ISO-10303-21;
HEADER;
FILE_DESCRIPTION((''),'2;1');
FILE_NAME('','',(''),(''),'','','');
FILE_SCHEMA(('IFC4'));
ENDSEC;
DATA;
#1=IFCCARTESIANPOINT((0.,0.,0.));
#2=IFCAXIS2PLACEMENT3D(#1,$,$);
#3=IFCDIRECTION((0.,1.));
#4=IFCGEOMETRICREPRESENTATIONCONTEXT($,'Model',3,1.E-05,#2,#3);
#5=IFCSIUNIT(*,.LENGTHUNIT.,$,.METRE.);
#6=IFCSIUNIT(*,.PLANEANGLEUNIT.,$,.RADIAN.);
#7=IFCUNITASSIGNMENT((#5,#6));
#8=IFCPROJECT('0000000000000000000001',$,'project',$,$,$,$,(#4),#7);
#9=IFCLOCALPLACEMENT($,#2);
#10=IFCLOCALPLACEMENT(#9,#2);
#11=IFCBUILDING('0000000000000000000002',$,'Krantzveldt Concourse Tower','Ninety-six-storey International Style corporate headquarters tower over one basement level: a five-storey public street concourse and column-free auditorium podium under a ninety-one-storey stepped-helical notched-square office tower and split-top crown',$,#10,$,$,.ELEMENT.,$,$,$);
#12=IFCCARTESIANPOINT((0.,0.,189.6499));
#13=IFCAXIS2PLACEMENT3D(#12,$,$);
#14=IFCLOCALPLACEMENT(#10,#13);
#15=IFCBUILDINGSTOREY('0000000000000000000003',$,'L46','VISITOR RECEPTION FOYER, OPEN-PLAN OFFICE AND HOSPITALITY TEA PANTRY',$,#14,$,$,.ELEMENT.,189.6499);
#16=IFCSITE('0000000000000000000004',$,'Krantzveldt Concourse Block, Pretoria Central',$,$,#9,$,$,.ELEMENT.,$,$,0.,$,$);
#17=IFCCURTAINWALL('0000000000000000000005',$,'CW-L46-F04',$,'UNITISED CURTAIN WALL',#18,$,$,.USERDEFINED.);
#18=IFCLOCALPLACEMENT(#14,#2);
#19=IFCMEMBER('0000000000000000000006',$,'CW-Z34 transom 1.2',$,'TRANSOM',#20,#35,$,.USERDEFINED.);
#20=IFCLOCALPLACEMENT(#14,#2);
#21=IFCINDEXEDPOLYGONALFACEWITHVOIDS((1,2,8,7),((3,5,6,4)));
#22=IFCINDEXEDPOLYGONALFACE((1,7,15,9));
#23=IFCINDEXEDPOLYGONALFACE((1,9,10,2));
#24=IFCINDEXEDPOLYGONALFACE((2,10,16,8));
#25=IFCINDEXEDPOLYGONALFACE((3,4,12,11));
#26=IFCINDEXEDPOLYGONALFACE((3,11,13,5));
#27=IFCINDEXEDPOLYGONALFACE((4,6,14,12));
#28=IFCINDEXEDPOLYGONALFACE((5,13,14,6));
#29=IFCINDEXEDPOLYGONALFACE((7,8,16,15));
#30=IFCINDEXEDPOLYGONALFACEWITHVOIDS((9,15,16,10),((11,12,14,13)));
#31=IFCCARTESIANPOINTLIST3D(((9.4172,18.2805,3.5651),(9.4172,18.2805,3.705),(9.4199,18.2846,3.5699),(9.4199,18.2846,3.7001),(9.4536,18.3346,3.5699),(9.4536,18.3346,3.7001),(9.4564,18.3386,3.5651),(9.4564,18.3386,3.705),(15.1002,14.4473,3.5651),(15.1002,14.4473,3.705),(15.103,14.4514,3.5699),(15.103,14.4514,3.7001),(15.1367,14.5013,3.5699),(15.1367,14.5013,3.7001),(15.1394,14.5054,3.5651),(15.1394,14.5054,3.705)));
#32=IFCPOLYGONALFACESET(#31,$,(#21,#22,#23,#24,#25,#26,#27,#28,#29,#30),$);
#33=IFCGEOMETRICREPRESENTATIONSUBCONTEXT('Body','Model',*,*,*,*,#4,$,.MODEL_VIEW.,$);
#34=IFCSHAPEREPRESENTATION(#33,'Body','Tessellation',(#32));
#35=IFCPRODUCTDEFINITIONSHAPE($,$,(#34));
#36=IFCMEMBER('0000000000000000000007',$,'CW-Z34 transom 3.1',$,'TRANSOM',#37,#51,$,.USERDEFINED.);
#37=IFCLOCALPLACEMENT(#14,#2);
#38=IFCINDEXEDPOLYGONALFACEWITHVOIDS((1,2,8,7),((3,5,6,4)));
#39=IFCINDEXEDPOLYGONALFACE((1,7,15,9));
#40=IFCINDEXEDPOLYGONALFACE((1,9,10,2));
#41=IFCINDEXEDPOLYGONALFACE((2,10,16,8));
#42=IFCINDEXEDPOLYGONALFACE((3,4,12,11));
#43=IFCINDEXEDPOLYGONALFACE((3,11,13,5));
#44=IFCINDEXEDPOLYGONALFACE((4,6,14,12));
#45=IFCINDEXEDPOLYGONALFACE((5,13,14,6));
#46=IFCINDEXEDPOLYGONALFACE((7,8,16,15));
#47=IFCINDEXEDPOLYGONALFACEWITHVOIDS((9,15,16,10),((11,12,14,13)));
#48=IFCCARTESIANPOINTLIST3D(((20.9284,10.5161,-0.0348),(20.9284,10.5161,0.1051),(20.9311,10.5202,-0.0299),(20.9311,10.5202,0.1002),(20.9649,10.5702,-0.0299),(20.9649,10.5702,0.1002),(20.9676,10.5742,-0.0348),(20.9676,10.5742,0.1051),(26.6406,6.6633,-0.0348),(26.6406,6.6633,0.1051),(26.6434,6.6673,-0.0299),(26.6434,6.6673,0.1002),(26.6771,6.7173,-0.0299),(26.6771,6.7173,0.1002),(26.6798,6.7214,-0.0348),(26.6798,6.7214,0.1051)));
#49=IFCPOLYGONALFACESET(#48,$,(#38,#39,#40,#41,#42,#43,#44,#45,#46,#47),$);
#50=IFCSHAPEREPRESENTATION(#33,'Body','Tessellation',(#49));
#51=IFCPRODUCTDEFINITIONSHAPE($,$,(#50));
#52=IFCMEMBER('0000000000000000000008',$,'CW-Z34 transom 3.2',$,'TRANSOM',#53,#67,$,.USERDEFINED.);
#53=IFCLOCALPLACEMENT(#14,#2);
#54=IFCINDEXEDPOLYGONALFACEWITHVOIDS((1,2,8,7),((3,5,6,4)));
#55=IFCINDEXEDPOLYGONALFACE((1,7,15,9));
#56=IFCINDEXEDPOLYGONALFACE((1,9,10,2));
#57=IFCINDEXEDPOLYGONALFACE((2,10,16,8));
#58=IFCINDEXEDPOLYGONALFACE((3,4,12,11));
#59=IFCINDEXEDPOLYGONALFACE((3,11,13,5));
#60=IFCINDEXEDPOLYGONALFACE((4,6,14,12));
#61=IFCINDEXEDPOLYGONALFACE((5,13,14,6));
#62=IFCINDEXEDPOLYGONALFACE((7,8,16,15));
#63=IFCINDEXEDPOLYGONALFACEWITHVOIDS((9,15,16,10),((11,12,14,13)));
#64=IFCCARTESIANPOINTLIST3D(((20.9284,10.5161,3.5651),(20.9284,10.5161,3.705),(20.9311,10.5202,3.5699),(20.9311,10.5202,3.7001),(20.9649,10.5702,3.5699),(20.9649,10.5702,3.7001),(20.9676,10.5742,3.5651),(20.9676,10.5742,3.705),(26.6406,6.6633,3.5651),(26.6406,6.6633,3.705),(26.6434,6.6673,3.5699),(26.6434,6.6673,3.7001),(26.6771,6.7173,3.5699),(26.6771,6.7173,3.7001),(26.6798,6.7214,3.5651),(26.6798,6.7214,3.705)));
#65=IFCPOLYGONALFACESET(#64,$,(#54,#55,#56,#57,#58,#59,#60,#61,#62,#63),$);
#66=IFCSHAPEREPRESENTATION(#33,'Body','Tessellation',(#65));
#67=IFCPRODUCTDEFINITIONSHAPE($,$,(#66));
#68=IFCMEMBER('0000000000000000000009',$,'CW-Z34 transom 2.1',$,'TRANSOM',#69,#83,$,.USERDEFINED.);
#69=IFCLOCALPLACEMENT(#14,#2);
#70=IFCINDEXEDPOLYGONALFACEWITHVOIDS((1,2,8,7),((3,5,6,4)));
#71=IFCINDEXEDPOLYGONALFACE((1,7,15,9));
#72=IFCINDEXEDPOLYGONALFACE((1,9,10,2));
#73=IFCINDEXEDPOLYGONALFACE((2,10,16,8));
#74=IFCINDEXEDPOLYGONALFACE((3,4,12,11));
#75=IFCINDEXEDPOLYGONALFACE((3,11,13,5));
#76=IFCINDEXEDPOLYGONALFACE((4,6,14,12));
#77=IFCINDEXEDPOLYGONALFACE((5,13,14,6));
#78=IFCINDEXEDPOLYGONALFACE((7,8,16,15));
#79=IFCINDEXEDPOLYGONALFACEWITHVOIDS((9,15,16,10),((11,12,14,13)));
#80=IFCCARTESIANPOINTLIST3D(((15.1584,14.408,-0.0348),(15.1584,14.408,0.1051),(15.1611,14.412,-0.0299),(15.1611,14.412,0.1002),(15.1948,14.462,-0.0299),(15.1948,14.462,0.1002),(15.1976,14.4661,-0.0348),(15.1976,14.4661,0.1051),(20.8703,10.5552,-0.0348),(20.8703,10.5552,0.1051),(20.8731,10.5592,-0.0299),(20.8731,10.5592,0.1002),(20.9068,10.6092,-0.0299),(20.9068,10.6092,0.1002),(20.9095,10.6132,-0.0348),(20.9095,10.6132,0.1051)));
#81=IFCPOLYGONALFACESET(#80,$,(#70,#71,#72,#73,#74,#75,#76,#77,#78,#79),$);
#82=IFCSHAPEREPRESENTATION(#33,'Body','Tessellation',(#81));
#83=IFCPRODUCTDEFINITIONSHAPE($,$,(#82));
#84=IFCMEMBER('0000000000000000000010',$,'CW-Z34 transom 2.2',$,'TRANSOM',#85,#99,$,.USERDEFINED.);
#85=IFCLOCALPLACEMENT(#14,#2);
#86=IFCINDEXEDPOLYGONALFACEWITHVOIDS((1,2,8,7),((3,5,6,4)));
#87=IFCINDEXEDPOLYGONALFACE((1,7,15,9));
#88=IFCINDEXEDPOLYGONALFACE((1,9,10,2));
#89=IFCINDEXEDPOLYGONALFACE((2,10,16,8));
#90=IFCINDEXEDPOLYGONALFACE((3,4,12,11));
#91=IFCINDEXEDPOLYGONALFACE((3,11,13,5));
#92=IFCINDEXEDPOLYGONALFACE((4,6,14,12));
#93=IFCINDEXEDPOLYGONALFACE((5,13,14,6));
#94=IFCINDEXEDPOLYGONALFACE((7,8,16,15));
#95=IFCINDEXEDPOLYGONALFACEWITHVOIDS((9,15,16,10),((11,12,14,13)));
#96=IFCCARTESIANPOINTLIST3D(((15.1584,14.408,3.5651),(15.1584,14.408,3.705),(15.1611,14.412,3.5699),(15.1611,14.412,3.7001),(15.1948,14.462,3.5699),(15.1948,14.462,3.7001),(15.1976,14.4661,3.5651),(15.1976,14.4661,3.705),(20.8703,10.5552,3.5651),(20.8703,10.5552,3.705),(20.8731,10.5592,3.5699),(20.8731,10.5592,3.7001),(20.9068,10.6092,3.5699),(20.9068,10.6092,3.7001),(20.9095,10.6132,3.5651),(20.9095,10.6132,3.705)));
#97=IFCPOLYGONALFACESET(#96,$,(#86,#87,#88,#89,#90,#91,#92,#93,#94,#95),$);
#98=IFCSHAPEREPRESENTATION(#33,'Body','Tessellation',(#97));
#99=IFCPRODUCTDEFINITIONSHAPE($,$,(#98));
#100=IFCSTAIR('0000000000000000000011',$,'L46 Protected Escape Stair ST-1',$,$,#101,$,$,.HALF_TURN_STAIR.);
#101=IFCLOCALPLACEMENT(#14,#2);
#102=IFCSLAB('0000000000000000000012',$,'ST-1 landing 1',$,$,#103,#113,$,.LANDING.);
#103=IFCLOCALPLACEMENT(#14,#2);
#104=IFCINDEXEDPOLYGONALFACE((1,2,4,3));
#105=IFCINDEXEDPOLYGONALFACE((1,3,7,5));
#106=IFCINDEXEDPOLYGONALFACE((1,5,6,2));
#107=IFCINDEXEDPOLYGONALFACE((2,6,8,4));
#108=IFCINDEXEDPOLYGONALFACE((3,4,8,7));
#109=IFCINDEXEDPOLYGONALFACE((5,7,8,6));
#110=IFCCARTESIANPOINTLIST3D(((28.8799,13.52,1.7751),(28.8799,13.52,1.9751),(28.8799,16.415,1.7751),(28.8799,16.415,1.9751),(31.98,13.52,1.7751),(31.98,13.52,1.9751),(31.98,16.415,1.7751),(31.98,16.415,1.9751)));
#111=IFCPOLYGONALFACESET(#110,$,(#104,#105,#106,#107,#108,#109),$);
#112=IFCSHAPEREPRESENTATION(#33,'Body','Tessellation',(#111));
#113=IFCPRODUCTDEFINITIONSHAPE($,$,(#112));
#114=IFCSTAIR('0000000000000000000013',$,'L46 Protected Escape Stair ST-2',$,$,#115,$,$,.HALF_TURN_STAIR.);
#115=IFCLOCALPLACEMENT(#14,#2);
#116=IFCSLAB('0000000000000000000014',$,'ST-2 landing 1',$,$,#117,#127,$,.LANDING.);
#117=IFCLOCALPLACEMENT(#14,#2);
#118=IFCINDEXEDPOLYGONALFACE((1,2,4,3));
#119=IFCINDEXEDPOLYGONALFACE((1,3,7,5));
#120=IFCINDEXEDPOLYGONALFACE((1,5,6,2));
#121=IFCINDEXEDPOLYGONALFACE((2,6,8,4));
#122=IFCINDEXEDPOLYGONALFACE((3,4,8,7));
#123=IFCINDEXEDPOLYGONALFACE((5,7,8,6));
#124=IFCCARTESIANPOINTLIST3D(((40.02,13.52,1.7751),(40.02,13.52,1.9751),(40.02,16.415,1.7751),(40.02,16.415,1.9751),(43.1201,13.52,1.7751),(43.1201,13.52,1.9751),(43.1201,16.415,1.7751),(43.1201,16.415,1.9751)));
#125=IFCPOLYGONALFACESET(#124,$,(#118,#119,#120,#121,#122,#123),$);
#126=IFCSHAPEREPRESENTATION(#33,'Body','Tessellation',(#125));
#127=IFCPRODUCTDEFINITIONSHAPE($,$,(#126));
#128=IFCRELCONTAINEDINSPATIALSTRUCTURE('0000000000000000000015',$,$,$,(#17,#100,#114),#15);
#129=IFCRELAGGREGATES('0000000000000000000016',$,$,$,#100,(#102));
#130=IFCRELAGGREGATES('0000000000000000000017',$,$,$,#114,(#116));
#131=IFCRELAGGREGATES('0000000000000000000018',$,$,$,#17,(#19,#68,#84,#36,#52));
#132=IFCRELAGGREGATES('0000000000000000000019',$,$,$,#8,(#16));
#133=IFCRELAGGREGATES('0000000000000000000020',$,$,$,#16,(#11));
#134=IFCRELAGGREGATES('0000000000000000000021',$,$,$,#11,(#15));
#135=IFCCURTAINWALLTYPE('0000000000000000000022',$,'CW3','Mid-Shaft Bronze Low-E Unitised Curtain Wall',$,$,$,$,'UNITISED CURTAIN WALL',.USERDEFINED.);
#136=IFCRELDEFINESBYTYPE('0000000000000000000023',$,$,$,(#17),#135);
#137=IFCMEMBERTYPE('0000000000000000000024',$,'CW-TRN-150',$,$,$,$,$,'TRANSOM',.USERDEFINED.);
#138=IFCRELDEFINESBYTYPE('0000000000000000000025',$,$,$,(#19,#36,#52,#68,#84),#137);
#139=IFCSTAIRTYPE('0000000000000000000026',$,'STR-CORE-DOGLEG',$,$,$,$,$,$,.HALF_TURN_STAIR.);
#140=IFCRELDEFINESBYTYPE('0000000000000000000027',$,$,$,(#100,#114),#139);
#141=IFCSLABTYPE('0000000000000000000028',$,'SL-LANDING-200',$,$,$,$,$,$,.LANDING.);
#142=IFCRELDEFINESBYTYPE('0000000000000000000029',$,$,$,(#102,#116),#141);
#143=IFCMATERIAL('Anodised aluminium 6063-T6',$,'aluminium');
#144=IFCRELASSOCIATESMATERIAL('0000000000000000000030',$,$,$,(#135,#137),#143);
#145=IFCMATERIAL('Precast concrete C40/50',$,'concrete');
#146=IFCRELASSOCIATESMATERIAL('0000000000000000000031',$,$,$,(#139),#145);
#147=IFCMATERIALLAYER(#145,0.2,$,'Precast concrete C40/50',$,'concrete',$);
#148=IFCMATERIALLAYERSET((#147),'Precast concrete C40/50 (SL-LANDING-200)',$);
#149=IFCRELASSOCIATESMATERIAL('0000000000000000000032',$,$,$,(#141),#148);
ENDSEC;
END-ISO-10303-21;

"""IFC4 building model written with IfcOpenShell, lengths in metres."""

from ifc_helpers import new_model, si_unit, direction, frame, origin, origin_2d, place, context, subcontext, project, spatial, polyline, hollow_rectangle, outline, extrude, source, transform, mapped, material, layer, layer_set, material_profile, profile_set, type_object, type_shapes, element, aggregate, save


model = new_model("IFC4")

# Units and contexts
model_context = context("Model", 3, precision=1e-05, world=origin(), true_north=direction((0.0, 1.0)))
body_context = subcontext(model_context, "Body", "Model", "MODEL_VIEW")
ifc_project = project(units=[si_unit("LENGTHUNIT", "METRE"), si_unit("PLANEANGLEUNIT", "RADIAN")], contexts=[model_context])

# Site, building, storey
site_placement = place(None, origin())
site = spatial("IfcSite", under=ifc_project, at=site_placement, Name="Krantzveldt Concourse Block, Pretoria Central", CompositionType="ELEMENT", RefElevation=0.0)
building_placement = place(site_placement, origin())
building = spatial("IfcBuilding", under=site, at=building_placement, Name="Krantzveldt Concourse Tower", Description="Ninety-six-storey International Style corporate headquarters tower over one basement level: a five-storey public street concourse and column-free auditorium podium under a ninety-one-storey stepped-helical notched-square office tower and split-top crown", CompositionType="ELEMENT")
storey_placement = place(building_placement, frame((0.0, 0.0, 189.6499)))
storey = spatial("IfcBuildingStorey", under=building, at=storey_placement, Name="L46", Description="VISITOR RECEPTION FOYER, OPEN-PLAN OFFICE AND HOSPITALITY TEA PANTRY", CompositionType="ELEMENT", Elevation=189.6499)

# Shared definitions
ifc_material_1 = material(Name="Anodised aluminium 6063-T6", Category="aluminium")
curtain_wall_type = type_object("IfcCurtainWallType", Name="CW3", Description="Mid-Shaft Bronze Low-E Unitised Curtain Wall", ElementType="UNITISED CURTAIN WALL", PredefinedType="USERDEFINED", material=ifc_material_1)

# Curtain wall, members
curtain_wall_1_placement = place(storey_placement, origin())
curtain_wall_1 = element("IfcCurtainWall", 1, at=curtain_wall_1_placement, inside=storey, type_object=curtain_wall_type, Name="CW-L46-F04", ObjectType="UNITISED CURTAIN WALL", PredefinedType="USERDEFINED")
ifc_material_profile_1 = material_profile(ifc_material_1, hollow_rectangle(XDim=0.0701, YDim=0.1399, WallThickness=0.0049, at=origin_2d()), Name="Anodised aluminium 6063-T6", Category="aluminium")
ifc_profile_set_1 = profile_set([ifc_material_profile_1], Name="Anodised aluminium 6063-T6 - ALU-TRAN 140x70x5")
member_type_1 = type_object("IfcMemberType", Name="CW-TRN-150", ElementType="TRANSOM", PredefinedType="USERDEFINED", material=ifc_profile_set_1)
shared_shape_1 = source(origin(), body_context, "Body", "SweptSolid", [
    extrude(hollow_rectangle(XDim=0.0701, YDim=0.1399, WallThickness=0.0049, at=origin_2d()), origin(), (0.0, 0.0, 1.0), 6.855),
])
member_1_placement = place(storey_placement, frame((9.4368, 18.3096, 3.635), z_axis=(0.829041, -0.559188, 0.0), x_axis=(0.559188, 0.829041, 0.0)))
member_1 = element("IfcMember", 2, at=member_1_placement, type_object=member_type_1, Name="CW-Z34 transom 1.2", ObjectType="TRANSOM", PredefinedType="USERDEFINED", context=body_context, shape_type="MappedRepresentation", body=[
    mapped(shared_shape_1, transform((0.0, 0.0, 0.0), x_axis=(1.0, 0.0, 0.0), y_axis=(0.0, 1.0, 0.0), z_axis=(0.0, 0.0, 1.0), scale=1.0)),
])
shared_shape_2 = source(origin(), body_context, "Body", "SweptSolid", [
    extrude(hollow_rectangle(XDim=0.0701, YDim=0.1399, WallThickness=0.0049, at=origin_2d()), origin(), (0.0, 0.0, 1.0), 6.8901),
])
member_2_placement = place(storey_placement, frame((20.948, 10.5452, 0.0352), z_axis=(0.829045, -0.559181, 0.0), x_axis=(0.559181, 0.829045, 0.0)))
member_2 = element("IfcMember", 3, at=member_2_placement, type_object=member_type_1, Name="CW-Z34 transom 3.1", ObjectType="TRANSOM", PredefinedType="USERDEFINED", context=body_context, shape_type="MappedRepresentation", body=[
    mapped(shared_shape_2, transform((0.0, 0.0, 0.0), x_axis=(1.0, 0.0, 0.0), y_axis=(0.0, 1.0, 0.0), z_axis=(0.0, 0.0, 1.0), scale=1.0)),
])
member_3_placement = place(storey_placement, frame((20.948, 10.5452, 3.635), z_axis=(0.829045, -0.559181, 0.0), x_axis=(0.559181, 0.829045, 0.0)))
member_3 = element("IfcMember", 4, at=member_3_placement, type_object=member_type_1, Name="CW-Z34 transom 3.2", ObjectType="TRANSOM", PredefinedType="USERDEFINED", context=body_context, shape_type="MappedRepresentation", body=[
    mapped(shared_shape_2, transform((0.0, 0.0, 0.0), x_axis=(1.0, 0.0, 0.0), y_axis=(0.0, 1.0, 0.0), z_axis=(0.0, 0.0, 1.0), scale=1.0)),
])
shared_shape_3 = source(origin(), body_context, "Body", "SweptSolid", [
    extrude(hollow_rectangle(XDim=0.0701, YDim=0.1399, WallThickness=0.0049, at=origin_2d()), origin(), (0.0, 0.0, 1.0), 6.8899),
])
type_shapes(member_type_1, [shared_shape_1, shared_shape_2, shared_shape_3])
member_4_placement = place(storey_placement, frame((15.178, 14.437, 0.0352), z_axis=(0.829034, -0.559198, 0.0), x_axis=(0.559198, 0.829034, 0.0)))
member_4 = element("IfcMember", 5, at=member_4_placement, type_object=member_type_1, Name="CW-Z34 transom 2.1", ObjectType="TRANSOM", PredefinedType="USERDEFINED", context=body_context, shape_type="MappedRepresentation", body=[
    mapped(shared_shape_3, transform((0.0, 0.0, 0.0), x_axis=(1.0, 0.0, 0.0), y_axis=(0.0, 1.0, 0.0), z_axis=(0.0, 0.0, 1.0), scale=1.0)),
])
member_5_placement = place(storey_placement, frame((15.178, 14.437, 3.635), z_axis=(0.829034, -0.559198, 0.0), x_axis=(0.559198, 0.829034, 0.0)))
member_5 = element("IfcMember", 6, at=member_5_placement, type_object=member_type_1, Name="CW-Z34 transom 2.2", ObjectType="TRANSOM", PredefinedType="USERDEFINED", context=body_context, shape_type="MappedRepresentation", body=[
    mapped(shared_shape_3, transform((0.0, 0.0, 0.0), x_axis=(1.0, 0.0, 0.0), y_axis=(0.0, 1.0, 0.0), z_axis=(0.0, 0.0, 1.0), scale=1.0)),
])

# Stairs, slabs
ifc_material_2 = material(Name="Precast concrete C40/50", Category="concrete")
stair_type = type_object("IfcStairType", Name="STR-CORE-DOGLEG", PredefinedType="HALF_TURN_STAIR", material=ifc_material_2)
stair_1_placement = place(storey_placement, origin())
stair_1 = element("IfcStair", 7, at=stair_1_placement, inside=storey, type_object=stair_type, Name="L46 Protected Escape Stair ST-1", PredefinedType="HALF_TURN_STAIR")
ifc_layer_1 = layer(ifc_material_2, 0.2, Name="Precast concrete C40/50", Category="concrete")
ifc_layer_set_1 = layer_set([ifc_layer_1], Name="Precast concrete C40/50 (SL-LANDING-200)")
slab_type_1 = type_object("IfcSlabType", Name="SL-LANDING-200", PredefinedType="LANDING", material=ifc_layer_set_1)
slab_1_placement = place(storey_placement, frame((0.0, 0.0, 1.7751)))
slab_1 = element("IfcSlab", 8, at=slab_1_placement, type_object=slab_type_1, Name="ST-1 landing 1", PredefinedType="LANDING", context=body_context, shape_type="SweptSolid", body=[
    extrude(outline(polyline([(28.8799, 16.415), (28.8799, 13.52), (31.98, 13.52), (31.98, 16.415), (28.8799, 16.415)])), origin(), (0.0, 0.0, 1.0), 0.2),
])
aggregate(stair_1, [slab_1])
stair_2_placement = place(storey_placement, origin())
stair_2 = element("IfcStair", 9, at=stair_2_placement, inside=storey, type_object=stair_type, Name="L46 Protected Escape Stair ST-2", PredefinedType="HALF_TURN_STAIR")
slab_2_placement = place(storey_placement, frame((0.0, 0.0, 1.7751)))
slab_2 = element("IfcSlab", 10, at=slab_2_placement, type_object=slab_type_1, Name="ST-2 landing 1", PredefinedType="LANDING", context=body_context, shape_type="SweptSolid", body=[
    extrude(outline(polyline([(40.02, 16.415), (40.02, 13.52), (43.1201, 13.52), (43.1201, 16.415), (40.02, 16.415)])), origin(), (0.0, 0.0, 1.0), 0.2),
])
aggregate(stair_2, [slab_2])

aggregate(curtain_wall_1, [member_1, member_4, member_5, member_2, member_3])

save(model, "model.ifc")
